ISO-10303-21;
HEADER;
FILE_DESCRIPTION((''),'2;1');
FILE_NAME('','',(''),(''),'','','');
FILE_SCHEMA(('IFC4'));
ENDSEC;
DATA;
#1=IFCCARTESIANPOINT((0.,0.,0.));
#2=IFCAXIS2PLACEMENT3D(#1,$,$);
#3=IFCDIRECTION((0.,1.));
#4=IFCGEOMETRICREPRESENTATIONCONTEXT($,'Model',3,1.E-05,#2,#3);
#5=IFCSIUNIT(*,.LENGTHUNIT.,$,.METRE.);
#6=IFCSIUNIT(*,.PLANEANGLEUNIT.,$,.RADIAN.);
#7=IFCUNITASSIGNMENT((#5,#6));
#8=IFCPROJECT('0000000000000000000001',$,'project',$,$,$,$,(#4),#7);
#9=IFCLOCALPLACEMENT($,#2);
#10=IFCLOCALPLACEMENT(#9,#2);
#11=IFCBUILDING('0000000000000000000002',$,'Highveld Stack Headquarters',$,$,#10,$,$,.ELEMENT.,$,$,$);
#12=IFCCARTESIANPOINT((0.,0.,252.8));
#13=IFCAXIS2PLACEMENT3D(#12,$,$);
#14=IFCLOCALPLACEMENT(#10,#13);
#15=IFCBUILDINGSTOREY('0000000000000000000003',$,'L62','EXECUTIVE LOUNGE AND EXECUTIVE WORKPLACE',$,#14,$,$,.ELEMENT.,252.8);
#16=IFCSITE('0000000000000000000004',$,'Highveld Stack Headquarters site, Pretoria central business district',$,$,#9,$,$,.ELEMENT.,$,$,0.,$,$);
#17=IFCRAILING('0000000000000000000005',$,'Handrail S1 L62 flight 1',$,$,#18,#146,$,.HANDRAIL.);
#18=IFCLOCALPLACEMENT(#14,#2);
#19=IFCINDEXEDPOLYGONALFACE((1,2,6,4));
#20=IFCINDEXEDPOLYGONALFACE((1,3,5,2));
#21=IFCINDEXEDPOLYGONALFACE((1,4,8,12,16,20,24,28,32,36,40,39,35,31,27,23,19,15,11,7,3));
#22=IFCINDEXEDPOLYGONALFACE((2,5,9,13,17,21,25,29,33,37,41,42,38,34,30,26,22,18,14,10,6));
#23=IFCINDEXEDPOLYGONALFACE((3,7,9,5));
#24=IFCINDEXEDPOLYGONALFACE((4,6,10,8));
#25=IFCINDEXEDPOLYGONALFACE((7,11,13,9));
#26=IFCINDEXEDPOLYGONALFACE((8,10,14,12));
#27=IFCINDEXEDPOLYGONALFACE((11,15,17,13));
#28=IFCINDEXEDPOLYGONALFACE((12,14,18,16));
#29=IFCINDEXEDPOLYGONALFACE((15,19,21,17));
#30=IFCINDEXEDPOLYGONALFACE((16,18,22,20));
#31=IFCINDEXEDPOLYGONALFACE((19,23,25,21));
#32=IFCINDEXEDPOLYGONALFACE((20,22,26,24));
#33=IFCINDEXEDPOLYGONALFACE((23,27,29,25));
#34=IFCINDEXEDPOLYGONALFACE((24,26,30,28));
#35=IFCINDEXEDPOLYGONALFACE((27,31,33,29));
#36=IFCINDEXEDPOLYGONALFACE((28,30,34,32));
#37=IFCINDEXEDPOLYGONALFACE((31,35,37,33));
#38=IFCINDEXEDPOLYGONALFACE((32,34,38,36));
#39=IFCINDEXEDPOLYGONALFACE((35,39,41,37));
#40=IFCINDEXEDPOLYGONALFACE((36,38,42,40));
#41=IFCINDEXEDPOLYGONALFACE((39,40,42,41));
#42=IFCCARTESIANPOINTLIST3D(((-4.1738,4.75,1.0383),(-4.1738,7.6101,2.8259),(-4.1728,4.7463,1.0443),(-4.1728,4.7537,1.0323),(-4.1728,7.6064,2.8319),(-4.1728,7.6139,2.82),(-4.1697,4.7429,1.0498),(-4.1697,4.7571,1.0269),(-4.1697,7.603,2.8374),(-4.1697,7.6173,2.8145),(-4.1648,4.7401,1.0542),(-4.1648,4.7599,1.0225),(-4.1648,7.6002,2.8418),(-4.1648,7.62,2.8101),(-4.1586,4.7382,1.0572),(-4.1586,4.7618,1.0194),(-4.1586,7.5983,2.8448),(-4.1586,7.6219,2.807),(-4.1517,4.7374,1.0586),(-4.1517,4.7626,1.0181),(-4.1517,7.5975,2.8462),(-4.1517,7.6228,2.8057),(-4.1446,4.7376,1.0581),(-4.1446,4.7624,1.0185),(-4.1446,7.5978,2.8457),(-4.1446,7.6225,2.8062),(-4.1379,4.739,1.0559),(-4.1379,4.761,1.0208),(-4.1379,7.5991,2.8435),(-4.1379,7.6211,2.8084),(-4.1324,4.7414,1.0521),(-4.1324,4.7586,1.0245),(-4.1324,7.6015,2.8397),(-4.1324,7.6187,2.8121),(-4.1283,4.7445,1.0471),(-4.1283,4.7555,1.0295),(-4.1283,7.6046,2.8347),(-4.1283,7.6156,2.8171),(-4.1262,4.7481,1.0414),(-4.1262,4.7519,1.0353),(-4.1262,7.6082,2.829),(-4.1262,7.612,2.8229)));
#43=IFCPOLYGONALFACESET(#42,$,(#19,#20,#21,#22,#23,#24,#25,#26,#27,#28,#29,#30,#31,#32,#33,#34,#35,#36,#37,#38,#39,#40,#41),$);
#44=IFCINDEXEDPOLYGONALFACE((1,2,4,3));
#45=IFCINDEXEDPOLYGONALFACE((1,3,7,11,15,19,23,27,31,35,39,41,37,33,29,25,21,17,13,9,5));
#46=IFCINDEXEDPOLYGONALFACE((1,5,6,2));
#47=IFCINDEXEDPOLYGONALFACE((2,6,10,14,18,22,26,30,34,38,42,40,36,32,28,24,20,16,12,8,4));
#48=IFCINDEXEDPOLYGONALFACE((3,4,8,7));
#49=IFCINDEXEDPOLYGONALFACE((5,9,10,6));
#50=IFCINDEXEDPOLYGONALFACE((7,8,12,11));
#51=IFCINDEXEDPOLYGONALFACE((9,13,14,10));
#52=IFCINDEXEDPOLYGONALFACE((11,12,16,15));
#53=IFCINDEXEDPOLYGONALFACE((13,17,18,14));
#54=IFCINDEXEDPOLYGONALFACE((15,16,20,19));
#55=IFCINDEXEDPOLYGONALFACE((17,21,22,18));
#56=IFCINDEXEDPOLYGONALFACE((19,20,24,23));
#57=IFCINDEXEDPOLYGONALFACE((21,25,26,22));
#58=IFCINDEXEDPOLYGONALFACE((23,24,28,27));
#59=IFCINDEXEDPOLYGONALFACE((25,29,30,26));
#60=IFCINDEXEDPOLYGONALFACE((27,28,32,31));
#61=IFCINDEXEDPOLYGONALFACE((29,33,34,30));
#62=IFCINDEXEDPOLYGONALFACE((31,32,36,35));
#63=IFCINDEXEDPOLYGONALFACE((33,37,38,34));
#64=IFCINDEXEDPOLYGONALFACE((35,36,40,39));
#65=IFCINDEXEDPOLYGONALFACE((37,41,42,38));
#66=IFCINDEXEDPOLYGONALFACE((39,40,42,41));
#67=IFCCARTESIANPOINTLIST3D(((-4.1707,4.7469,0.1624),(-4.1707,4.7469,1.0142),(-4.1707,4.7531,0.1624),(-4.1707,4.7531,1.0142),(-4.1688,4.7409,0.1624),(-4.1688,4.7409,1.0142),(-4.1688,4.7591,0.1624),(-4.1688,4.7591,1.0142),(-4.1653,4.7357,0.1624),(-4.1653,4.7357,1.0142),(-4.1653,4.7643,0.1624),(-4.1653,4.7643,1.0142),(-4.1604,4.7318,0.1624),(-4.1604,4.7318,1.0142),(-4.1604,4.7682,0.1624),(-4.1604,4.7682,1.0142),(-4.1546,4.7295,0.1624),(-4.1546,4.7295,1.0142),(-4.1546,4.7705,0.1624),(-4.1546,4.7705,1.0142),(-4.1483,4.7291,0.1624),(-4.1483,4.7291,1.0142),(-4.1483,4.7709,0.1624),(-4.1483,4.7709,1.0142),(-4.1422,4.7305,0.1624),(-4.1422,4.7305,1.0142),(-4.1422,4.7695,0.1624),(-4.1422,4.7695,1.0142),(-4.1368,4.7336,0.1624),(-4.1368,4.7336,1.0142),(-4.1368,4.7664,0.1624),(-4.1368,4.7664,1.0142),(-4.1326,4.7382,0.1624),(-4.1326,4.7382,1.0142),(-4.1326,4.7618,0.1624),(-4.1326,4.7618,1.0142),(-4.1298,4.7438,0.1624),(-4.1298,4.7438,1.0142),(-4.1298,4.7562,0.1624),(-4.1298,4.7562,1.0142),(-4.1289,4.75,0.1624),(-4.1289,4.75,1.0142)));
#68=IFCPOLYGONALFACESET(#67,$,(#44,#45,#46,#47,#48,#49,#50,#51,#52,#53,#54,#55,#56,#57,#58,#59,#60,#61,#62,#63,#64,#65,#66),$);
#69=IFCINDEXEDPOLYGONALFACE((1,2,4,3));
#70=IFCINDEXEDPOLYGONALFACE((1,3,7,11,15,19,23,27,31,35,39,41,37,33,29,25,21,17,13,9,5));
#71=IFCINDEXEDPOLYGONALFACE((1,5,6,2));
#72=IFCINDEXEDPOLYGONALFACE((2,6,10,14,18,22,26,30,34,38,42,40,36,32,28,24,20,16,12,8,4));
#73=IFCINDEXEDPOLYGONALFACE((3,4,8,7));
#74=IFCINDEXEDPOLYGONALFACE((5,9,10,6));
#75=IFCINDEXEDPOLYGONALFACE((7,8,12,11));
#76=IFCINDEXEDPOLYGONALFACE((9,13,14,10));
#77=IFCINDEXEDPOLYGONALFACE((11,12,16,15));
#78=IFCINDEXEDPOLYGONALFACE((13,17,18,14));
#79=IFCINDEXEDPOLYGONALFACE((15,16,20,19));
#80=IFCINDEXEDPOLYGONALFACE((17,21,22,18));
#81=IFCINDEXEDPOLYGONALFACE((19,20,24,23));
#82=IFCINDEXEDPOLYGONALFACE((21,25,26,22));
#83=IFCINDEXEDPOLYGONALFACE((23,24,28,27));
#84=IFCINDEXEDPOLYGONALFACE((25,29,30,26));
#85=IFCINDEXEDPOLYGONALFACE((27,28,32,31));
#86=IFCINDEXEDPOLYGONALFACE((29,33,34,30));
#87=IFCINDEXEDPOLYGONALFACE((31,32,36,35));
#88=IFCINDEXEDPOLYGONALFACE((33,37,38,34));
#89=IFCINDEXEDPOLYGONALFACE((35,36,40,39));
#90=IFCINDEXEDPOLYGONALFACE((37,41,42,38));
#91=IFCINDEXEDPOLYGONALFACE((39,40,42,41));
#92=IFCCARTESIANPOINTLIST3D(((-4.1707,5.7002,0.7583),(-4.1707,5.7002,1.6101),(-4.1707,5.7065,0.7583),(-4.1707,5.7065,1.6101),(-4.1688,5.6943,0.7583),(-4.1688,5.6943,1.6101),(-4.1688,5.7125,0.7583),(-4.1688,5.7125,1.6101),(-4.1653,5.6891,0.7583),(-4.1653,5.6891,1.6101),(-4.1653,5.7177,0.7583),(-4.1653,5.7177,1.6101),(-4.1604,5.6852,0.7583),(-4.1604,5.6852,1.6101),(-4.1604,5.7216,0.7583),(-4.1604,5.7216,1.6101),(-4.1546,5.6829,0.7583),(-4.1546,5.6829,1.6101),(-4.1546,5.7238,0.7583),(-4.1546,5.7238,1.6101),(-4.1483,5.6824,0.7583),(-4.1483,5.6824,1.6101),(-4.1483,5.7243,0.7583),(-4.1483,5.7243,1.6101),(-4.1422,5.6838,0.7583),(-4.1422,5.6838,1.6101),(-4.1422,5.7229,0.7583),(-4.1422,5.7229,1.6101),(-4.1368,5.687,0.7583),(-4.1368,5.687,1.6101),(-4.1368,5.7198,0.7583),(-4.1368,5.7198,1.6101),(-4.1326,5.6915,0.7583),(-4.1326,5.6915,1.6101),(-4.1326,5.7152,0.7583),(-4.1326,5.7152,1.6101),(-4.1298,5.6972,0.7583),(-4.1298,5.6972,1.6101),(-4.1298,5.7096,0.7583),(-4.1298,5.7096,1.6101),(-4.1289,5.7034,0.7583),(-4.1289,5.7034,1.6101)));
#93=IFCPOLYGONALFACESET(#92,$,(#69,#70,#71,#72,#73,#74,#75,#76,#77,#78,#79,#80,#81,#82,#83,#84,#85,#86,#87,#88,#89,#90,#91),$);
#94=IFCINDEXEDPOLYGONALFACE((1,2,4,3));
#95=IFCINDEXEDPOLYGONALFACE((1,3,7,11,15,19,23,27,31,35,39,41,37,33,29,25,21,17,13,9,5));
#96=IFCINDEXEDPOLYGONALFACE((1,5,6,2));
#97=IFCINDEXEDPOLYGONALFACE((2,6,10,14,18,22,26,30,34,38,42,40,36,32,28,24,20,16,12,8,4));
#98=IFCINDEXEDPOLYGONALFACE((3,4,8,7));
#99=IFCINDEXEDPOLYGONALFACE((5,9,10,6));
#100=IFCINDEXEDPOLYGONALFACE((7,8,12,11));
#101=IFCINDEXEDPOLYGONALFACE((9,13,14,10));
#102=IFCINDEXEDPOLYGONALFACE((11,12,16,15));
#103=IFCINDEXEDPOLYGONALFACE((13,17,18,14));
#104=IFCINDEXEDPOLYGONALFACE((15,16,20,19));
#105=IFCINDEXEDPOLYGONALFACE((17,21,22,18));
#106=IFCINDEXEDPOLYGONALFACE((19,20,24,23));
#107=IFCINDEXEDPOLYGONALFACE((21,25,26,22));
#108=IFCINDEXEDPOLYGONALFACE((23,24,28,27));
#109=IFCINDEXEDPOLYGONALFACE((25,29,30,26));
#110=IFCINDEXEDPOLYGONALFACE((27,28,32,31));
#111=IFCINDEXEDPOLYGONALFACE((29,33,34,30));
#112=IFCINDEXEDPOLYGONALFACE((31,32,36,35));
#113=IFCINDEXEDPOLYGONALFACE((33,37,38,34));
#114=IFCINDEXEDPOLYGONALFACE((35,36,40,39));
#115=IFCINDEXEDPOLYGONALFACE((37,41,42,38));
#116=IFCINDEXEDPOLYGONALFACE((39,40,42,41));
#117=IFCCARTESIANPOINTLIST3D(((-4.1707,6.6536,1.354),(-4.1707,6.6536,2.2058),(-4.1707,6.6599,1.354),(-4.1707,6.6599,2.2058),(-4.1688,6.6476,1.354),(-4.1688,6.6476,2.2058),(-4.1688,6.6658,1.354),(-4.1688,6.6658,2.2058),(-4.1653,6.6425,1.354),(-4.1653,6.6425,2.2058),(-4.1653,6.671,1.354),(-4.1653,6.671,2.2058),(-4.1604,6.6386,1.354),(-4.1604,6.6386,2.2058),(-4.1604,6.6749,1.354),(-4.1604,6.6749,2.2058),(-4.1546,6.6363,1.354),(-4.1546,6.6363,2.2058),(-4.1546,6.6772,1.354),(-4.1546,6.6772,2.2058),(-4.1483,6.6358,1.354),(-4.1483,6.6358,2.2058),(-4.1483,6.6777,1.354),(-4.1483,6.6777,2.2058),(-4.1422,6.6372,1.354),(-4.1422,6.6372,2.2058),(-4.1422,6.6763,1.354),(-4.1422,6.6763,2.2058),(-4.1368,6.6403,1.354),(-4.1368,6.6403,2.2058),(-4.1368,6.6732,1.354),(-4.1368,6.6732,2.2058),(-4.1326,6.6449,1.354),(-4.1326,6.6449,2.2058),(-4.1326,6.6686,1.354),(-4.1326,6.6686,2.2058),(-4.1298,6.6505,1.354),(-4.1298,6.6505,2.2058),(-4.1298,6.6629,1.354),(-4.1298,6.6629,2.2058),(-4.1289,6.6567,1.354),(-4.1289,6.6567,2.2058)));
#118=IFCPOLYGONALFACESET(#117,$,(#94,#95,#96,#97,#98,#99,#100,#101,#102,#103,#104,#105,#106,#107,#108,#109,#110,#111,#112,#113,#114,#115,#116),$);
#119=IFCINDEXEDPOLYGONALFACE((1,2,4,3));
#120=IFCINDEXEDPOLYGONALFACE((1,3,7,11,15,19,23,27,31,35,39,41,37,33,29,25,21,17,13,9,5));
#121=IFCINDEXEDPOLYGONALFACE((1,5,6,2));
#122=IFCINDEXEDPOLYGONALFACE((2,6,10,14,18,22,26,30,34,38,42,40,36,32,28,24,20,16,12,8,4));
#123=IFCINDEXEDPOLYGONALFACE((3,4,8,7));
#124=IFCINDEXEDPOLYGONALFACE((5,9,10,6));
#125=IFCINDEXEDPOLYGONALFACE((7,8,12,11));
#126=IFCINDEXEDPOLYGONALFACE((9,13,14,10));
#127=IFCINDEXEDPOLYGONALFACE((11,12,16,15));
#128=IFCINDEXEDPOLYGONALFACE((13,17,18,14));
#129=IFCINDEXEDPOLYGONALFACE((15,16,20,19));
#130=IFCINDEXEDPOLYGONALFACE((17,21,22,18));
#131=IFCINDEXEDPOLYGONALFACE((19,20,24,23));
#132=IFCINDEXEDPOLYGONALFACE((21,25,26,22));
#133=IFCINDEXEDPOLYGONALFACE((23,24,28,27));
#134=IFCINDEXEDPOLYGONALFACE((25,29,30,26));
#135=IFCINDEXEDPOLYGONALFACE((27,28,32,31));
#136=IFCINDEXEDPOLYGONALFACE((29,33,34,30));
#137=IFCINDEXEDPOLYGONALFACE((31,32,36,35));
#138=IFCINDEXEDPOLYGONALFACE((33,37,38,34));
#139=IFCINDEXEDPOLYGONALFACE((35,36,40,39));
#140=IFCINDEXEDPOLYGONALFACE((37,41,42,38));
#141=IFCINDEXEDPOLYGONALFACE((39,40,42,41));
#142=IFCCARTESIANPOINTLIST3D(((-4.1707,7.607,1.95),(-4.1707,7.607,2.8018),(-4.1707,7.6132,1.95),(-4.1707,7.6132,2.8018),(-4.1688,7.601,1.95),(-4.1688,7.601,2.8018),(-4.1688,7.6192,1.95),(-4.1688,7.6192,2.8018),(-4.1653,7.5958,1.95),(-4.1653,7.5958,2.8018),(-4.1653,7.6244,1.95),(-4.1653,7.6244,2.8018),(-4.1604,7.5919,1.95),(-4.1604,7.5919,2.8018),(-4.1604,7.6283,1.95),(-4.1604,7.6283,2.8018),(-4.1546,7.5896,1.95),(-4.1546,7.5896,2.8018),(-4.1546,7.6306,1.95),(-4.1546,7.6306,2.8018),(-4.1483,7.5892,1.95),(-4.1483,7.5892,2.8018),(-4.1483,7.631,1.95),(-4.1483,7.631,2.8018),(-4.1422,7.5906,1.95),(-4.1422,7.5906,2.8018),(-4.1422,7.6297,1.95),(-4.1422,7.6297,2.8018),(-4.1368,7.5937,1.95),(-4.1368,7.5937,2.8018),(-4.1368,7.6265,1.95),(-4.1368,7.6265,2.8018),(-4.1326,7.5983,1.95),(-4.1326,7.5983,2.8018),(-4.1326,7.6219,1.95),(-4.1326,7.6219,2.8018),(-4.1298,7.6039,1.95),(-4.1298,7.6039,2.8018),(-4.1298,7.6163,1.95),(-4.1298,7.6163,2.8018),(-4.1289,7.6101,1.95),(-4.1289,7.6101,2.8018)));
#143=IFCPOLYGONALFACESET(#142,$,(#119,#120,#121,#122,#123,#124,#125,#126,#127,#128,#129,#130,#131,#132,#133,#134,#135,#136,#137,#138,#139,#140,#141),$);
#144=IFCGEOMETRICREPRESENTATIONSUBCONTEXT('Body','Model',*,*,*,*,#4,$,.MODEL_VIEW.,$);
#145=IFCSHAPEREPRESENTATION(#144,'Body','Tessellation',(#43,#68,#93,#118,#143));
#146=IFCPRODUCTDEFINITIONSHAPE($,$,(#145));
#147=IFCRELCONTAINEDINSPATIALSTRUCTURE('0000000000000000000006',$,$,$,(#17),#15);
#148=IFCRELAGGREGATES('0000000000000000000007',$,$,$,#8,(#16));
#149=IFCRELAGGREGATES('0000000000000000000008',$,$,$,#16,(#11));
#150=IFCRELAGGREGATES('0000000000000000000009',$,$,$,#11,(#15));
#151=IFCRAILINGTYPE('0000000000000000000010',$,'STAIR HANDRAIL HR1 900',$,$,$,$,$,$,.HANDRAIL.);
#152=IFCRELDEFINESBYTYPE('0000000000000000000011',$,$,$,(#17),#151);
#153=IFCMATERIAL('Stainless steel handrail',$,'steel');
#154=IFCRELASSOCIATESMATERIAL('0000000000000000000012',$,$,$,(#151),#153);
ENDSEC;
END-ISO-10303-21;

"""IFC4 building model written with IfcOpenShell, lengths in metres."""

from ifc_helpers import new_model, si_unit, direction, frame, origin, origin_2d, place, context, subcontext, project, spatial, circle, extrude, material, type_object, element, save


model = new_model("IFC4")

# Units and contexts
model_context = context("Model", 3, precision=1e-05, world=origin(), true_north=direction((0.0, 1.0)))
body_context = subcontext(model_context, "Body", "Model", "MODEL_VIEW")
ifc_project = project(units=[si_unit("LENGTHUNIT", "METRE"), si_unit("PLANEANGLEUNIT", "RADIAN")], contexts=[model_context])

# Site, building, storey
site_placement = place(None, origin())
site = spatial("IfcSite", under=ifc_project, at=site_placement, Name="Highveld Stack Headquarters site, Pretoria central business district", CompositionType="ELEMENT", RefElevation=0.0)
building_placement = place(site_placement, origin())
building = spatial("IfcBuilding", under=site, at=building_placement, Name="Highveld Stack Headquarters", CompositionType="ELEMENT")
storey_placement = place(building_placement, frame((0.0, 0.0, 252.8)))
storey = spatial("IfcBuildingStorey", under=building, at=storey_placement, Name="L62", Description="EXECUTIVE LOUNGE AND EXECUTIVE WORKPLACE", CompositionType="ELEMENT", Elevation=252.8)

# Railing
ifc_material_1 = material(Name="Stainless steel handrail", Category="steel")
railing_type = type_object("IfcRailingType", Name="STAIR HANDRAIL HR1 900", PredefinedType="HANDRAIL", material=ifc_material_1)
for number, where, name in (
    (1, (-4.1499, 4.75, 0.1624), "Handrail S1 L62 flight 1"),
):
    element("IfcRailing", number, at=place(storey_placement, frame(where)), inside=storey, type_object=railing_type, Name=name, PredefinedType="HANDRAIL", context=body_context, shape_type="SweptSolid", body=[
        extrude(circle(Radius=0.0239, at=origin_2d()), frame((0.0, 0.0, 0.876), z_axis=(0.0, 0.847994, 0.530005), x_axis=(-1.0, 0.0, 0.0)), (0.0, 0.0, 1.0), 3.3728),
        extrude(circle(Radius=0.021, at=origin_2d()), origin(), (0.0, 0.0, 1.0), 0.8518),
        extrude(circle(Radius=0.021, at=origin_2d()), frame((0.0, 0.9534, 0.5959)), (0.0, 0.0, 1.0), 0.8518),
        extrude(circle(Radius=0.021, at=origin_2d()), frame((0.0, 1.9067, 1.1917)), (0.0, 0.0, 1.0), 0.8518),
        extrude(circle(Radius=0.021, at=origin_2d()), frame((0.0, 2.8601, 1.7876)), (0.0, 0.0, 1.0), 0.8518),
    ])

save(model, "model.ifc")
